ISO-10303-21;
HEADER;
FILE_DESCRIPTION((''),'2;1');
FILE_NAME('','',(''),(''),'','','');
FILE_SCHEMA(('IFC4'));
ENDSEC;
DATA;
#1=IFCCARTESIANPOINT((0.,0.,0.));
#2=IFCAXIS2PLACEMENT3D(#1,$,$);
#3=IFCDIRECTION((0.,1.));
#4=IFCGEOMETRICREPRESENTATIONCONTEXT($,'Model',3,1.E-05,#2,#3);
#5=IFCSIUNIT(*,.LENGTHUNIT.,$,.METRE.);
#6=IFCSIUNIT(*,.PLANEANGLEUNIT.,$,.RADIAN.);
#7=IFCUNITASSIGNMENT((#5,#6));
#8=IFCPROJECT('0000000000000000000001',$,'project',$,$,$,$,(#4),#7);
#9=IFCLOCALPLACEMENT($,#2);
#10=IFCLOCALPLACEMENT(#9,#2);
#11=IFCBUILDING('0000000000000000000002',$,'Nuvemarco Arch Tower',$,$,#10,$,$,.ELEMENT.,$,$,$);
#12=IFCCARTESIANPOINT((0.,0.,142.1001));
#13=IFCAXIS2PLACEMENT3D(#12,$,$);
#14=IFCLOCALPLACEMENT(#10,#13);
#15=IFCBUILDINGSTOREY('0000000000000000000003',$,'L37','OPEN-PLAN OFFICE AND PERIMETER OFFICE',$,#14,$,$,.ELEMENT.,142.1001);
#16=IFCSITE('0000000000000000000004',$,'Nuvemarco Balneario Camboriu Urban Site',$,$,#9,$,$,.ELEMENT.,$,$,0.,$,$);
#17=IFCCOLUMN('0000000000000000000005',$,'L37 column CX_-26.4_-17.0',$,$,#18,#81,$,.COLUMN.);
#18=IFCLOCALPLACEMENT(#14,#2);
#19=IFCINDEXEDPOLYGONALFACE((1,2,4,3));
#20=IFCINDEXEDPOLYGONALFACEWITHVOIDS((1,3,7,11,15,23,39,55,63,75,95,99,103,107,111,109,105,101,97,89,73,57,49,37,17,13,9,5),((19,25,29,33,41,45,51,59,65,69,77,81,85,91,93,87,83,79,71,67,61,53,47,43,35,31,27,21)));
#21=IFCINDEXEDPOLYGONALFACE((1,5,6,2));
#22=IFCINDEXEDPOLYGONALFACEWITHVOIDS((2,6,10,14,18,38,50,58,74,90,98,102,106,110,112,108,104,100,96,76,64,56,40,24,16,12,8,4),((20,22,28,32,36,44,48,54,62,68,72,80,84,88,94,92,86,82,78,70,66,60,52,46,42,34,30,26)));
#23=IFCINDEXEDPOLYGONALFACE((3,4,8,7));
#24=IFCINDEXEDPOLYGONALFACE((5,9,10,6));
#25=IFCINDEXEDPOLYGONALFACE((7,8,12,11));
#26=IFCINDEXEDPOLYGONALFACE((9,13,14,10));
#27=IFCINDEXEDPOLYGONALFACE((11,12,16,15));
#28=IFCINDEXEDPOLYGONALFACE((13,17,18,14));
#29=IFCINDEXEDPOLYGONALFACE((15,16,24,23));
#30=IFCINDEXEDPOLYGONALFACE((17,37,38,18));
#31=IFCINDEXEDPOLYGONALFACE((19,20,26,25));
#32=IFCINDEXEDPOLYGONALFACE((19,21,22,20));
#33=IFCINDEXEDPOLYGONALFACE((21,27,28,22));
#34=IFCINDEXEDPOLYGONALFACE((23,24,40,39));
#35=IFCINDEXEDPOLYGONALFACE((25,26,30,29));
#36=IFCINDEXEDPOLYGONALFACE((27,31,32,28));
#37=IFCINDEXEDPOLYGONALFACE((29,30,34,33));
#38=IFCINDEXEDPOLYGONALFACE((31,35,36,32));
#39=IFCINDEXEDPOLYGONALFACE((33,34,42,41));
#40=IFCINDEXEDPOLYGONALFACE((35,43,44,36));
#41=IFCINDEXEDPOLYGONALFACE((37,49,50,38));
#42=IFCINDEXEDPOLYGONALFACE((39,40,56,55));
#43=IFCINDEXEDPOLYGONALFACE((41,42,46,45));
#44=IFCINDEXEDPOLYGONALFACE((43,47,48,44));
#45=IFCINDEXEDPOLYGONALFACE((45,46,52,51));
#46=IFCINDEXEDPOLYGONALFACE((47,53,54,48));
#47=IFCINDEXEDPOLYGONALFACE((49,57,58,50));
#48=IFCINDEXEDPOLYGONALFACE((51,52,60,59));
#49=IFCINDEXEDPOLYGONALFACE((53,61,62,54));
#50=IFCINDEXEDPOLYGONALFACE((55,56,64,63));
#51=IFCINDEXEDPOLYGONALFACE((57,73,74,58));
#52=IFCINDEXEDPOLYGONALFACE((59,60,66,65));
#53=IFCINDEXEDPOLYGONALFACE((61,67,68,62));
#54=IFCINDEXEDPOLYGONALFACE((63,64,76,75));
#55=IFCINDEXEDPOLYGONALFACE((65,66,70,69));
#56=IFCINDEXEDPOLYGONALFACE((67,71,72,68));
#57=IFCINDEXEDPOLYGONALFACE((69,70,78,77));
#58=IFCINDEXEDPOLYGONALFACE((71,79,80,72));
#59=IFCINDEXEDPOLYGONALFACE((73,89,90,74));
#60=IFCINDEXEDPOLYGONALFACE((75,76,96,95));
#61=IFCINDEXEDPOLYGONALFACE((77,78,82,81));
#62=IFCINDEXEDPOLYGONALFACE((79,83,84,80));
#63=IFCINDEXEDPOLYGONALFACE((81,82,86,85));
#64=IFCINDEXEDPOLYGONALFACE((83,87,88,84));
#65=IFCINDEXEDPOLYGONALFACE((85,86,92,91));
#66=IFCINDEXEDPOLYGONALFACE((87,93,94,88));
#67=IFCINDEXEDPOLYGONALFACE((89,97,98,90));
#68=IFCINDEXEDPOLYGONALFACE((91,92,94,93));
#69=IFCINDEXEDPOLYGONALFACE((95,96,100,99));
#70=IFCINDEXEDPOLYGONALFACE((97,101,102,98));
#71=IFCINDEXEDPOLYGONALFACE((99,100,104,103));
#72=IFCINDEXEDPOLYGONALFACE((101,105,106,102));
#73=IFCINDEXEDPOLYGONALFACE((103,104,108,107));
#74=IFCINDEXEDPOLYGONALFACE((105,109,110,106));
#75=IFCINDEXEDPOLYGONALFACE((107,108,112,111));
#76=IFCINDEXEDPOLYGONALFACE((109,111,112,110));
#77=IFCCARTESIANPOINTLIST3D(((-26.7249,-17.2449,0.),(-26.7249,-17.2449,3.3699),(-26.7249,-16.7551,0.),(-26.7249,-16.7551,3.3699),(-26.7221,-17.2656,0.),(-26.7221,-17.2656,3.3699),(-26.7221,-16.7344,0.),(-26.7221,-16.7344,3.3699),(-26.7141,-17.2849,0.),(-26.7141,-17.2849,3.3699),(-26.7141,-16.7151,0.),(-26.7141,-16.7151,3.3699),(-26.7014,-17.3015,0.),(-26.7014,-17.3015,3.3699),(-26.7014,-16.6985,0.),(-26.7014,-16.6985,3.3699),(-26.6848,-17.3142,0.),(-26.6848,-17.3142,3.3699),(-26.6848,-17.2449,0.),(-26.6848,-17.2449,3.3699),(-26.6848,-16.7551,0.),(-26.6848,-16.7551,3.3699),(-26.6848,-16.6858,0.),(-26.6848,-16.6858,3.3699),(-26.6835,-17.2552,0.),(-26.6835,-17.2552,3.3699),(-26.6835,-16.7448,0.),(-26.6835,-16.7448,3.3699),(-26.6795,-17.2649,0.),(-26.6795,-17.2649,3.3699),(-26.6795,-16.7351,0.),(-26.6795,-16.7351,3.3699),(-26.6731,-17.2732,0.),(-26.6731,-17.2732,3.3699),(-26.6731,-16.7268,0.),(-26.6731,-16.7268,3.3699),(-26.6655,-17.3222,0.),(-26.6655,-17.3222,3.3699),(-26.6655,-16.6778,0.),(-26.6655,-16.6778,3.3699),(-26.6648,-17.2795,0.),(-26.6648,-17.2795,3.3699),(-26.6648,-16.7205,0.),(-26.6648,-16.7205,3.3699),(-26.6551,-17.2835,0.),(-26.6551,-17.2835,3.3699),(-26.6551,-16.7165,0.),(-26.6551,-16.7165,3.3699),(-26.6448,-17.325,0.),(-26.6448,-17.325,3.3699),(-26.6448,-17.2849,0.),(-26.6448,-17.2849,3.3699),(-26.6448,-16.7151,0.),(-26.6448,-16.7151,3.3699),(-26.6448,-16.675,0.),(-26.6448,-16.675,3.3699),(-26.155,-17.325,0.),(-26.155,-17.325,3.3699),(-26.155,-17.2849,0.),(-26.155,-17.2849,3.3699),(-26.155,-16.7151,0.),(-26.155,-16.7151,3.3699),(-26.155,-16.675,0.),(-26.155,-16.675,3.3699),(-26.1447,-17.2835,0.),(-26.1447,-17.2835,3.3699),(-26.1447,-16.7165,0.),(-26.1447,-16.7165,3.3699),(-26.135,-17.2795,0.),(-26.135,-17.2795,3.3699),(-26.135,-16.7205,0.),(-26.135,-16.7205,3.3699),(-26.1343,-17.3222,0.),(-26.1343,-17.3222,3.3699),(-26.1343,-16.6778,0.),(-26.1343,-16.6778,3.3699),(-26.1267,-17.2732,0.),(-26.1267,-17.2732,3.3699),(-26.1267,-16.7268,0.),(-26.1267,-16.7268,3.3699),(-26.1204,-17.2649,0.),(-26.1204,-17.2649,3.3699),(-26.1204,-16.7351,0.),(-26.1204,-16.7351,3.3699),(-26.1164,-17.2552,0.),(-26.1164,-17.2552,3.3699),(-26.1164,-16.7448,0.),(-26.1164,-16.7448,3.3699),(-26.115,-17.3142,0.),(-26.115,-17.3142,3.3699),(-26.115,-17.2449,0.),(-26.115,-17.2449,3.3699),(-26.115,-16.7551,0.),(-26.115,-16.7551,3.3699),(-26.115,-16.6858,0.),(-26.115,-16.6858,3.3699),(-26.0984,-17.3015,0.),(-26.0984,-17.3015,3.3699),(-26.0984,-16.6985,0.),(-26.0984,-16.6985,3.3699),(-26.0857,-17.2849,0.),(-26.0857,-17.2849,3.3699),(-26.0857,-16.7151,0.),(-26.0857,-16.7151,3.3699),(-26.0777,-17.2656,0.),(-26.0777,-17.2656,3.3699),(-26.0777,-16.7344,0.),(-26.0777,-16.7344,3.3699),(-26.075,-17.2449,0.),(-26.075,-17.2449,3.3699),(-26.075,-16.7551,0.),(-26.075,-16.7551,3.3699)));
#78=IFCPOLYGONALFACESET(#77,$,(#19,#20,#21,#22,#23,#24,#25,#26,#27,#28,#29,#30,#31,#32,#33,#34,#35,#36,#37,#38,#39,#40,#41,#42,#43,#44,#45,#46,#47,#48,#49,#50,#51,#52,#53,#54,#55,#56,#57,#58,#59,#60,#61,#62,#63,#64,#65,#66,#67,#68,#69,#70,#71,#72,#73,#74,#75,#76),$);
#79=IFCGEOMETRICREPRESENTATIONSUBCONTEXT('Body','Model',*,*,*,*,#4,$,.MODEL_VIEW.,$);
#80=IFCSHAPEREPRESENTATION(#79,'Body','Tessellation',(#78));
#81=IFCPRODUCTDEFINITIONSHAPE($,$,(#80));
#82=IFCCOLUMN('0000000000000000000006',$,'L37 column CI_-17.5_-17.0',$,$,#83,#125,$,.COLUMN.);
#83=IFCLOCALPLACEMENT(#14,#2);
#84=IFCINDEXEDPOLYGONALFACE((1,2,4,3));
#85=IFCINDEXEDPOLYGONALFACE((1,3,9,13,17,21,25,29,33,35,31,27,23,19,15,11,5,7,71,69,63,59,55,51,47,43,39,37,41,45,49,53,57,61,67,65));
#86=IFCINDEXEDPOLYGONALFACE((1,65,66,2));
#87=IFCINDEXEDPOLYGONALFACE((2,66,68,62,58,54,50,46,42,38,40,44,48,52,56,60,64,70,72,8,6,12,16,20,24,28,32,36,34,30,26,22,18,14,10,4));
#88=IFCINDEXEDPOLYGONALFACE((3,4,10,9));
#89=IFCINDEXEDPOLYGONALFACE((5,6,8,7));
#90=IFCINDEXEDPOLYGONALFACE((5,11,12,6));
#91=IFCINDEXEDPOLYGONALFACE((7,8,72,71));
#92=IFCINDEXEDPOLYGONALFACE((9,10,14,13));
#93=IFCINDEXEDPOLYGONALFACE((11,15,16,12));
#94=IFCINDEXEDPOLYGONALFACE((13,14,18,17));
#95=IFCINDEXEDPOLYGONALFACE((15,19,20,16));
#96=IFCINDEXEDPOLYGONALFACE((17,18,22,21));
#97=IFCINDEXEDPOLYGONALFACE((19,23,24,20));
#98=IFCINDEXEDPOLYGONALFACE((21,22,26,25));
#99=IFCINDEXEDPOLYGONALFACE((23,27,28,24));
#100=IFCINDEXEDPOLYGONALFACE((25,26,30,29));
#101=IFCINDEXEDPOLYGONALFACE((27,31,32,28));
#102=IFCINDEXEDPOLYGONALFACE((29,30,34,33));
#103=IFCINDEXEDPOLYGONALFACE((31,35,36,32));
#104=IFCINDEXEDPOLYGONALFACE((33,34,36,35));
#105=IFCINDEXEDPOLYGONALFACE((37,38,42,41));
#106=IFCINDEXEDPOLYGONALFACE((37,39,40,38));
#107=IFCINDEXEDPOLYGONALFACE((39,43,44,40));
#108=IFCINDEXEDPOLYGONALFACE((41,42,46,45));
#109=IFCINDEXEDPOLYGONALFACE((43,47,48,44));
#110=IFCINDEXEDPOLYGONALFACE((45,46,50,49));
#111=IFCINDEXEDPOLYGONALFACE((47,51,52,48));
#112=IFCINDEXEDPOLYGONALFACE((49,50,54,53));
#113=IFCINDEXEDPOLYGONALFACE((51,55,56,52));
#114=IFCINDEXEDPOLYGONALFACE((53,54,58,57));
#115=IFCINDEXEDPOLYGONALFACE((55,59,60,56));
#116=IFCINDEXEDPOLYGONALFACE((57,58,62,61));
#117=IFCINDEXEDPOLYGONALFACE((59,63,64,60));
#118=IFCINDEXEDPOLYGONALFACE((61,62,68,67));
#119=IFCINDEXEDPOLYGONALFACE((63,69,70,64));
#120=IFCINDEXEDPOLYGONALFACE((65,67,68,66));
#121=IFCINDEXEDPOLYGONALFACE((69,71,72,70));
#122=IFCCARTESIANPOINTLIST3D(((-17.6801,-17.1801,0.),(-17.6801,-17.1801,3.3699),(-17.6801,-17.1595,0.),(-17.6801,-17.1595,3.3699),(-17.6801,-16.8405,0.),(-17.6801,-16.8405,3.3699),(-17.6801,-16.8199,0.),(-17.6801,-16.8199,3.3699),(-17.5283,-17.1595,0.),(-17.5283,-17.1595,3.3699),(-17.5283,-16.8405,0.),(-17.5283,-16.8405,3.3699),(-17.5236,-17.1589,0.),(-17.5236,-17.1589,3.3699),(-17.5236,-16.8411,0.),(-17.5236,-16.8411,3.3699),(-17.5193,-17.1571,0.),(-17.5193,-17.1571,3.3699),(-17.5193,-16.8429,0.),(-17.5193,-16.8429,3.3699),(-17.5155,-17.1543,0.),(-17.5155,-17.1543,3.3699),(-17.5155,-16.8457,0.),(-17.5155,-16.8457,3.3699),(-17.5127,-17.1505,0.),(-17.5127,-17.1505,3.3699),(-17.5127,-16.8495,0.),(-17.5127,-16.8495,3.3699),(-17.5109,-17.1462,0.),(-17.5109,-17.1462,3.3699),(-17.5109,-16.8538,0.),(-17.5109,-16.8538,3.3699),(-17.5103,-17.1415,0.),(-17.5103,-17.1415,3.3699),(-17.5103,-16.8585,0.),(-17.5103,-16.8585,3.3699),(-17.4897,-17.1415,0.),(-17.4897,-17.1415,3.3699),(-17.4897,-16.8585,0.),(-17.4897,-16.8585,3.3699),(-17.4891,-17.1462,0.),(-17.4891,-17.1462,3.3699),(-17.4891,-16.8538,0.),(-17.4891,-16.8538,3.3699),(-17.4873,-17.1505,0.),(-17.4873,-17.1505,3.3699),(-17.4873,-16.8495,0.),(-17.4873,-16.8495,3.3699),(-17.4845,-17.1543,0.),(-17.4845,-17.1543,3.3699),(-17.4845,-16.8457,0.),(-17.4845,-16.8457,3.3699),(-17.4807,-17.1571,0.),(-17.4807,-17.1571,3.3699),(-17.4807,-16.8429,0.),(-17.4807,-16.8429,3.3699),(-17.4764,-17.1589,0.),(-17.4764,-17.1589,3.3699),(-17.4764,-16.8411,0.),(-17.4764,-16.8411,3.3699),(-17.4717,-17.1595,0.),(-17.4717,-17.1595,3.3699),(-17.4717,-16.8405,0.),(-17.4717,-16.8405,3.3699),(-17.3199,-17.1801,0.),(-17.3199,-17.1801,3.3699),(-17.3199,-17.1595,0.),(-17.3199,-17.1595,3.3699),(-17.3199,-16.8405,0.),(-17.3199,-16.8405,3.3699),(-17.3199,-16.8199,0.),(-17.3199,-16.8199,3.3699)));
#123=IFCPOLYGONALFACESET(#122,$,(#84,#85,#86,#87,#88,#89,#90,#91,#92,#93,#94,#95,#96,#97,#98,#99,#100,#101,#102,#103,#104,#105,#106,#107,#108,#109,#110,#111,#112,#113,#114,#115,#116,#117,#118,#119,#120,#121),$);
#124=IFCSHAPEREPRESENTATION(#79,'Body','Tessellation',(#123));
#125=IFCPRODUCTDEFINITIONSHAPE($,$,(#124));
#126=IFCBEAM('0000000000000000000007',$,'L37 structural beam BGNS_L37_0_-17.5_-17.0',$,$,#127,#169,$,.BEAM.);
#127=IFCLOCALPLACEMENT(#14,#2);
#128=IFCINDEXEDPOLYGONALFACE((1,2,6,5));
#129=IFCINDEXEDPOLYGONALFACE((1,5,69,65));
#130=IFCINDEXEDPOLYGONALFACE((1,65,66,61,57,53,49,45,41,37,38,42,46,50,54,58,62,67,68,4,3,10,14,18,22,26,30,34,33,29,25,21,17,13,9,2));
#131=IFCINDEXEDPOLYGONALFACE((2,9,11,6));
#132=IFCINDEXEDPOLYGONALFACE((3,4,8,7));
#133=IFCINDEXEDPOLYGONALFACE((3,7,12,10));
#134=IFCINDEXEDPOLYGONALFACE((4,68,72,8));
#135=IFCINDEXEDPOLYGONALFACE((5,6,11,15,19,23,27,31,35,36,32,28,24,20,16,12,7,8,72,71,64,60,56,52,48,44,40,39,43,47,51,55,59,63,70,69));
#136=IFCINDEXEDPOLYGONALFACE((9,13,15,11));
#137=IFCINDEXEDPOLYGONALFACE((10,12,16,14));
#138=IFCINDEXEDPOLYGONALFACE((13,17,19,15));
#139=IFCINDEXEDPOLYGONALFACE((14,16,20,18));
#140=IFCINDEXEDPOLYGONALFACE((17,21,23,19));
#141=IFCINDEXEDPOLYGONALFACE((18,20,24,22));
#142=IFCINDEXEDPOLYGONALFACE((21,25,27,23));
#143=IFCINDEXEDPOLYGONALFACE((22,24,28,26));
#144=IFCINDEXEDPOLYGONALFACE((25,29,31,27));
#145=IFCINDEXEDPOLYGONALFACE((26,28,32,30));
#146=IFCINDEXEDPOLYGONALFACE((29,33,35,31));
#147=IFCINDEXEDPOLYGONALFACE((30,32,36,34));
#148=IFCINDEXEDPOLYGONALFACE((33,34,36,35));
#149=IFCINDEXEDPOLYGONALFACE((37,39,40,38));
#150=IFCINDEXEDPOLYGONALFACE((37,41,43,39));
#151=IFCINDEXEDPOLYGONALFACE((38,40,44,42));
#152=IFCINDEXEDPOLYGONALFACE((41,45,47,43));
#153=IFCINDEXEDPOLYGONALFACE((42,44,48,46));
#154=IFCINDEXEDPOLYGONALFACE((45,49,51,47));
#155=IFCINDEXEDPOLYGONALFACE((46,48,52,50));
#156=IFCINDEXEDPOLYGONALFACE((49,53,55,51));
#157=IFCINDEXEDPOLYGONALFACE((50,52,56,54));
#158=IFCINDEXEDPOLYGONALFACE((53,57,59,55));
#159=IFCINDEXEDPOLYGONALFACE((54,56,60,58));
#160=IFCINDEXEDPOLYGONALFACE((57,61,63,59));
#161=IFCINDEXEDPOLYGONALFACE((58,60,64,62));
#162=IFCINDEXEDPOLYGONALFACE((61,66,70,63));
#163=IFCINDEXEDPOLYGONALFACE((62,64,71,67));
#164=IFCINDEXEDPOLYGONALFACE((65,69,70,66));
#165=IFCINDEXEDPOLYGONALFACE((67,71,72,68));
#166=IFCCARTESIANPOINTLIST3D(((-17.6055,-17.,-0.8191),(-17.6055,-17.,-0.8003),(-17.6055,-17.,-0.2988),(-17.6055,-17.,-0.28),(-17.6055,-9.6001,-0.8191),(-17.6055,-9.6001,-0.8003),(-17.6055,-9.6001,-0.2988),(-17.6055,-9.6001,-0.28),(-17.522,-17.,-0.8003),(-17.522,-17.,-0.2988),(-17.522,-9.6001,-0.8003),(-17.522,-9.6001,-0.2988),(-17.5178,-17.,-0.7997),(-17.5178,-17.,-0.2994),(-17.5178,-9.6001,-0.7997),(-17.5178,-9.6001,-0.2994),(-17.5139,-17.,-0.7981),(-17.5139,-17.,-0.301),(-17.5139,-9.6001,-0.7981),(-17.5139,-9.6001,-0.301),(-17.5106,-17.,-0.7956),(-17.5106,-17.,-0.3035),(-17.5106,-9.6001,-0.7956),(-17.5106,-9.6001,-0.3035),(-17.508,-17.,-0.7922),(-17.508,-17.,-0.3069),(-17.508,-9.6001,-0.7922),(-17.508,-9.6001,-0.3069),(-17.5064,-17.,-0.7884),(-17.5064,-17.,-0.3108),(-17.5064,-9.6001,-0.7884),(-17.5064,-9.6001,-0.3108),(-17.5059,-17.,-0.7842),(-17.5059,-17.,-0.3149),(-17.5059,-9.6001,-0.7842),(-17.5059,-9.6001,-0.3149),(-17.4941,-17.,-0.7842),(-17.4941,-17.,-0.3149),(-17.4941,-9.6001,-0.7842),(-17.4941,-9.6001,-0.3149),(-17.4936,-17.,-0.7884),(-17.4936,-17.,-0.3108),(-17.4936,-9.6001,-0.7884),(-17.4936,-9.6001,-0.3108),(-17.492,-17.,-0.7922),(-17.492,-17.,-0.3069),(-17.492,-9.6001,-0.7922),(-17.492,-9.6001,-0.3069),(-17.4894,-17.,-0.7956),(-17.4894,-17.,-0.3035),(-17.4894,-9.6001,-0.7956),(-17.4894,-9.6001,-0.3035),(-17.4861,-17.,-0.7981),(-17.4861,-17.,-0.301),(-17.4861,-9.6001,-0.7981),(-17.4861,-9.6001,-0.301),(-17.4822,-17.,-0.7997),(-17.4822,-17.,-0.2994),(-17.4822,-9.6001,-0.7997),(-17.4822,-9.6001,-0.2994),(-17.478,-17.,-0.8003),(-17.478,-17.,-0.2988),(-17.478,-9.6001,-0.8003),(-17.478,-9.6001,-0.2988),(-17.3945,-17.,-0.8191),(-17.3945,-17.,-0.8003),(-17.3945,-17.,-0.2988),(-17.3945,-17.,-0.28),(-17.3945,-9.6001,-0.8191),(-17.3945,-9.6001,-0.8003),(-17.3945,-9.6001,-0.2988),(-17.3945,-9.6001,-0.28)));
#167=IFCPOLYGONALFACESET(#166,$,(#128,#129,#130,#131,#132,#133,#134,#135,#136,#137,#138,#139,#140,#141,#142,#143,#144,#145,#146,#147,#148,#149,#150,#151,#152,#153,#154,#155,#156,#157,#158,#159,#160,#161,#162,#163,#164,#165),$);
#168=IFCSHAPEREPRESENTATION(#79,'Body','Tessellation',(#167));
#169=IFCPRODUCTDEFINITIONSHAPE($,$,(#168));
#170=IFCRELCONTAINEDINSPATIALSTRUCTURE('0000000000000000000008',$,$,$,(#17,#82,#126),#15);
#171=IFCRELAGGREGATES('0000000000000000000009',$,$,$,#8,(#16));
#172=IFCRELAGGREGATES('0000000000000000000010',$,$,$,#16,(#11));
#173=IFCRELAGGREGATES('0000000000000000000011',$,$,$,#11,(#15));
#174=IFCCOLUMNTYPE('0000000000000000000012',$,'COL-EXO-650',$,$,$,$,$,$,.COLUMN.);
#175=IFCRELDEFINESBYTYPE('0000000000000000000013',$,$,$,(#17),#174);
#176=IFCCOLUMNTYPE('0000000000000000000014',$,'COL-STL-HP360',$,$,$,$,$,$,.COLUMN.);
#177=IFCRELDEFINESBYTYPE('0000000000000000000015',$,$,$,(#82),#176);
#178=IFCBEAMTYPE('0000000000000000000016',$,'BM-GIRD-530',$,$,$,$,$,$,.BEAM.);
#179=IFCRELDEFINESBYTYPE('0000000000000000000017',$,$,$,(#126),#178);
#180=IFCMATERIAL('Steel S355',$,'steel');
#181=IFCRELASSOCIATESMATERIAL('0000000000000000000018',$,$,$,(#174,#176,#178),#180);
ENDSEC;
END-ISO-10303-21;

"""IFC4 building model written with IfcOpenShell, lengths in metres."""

from ifc_helpers import new_model, si_unit, direction, frame, origin, origin_2d, place, context, subcontext, project, spatial, hollow_rectangle, i_section, extrude, material, material_profile, profile_set, type_object, element, save


model = new_model("IFC4")

# Units and contexts
model_context = context("Model", 3, precision=1e-05, world=origin(), true_north=direction((0.0, 1.0)))
body_context = subcontext(model_context, "Body", "Model", "MODEL_VIEW")
ifc_project = project(units=[si_unit("LENGTHUNIT", "METRE"), si_unit("PLANEANGLEUNIT", "RADIAN")], contexts=[model_context])

# Site, building, storey
site_placement = place(None, origin())
site = spatial("IfcSite", under=ifc_project, at=site_placement, Name="Nuvemarco Balneario Camboriu Urban Site", CompositionType="ELEMENT", RefElevation=0.0)
building_placement = place(site_placement, origin())
building = spatial("IfcBuilding", under=site, at=building_placement, Name="Nuvemarco Arch Tower", CompositionType="ELEMENT")
storey_placement = place(building_placement, frame((0.0, 0.0, 142.1001)))
storey = spatial("IfcBuildingStorey", under=building, at=storey_placement, Name="L37", Description="OPEN-PLAN OFFICE AND PERIMETER OFFICE", CompositionType="ELEMENT", Elevation=142.1001)

# Columns
ifc_material_1 = material(Name="Steel S355", Category="steel")
ifc_material_profile_1 = material_profile(ifc_material_1, hollow_rectangle(XDim=0.6499, YDim=0.6499, WallThickness=0.04, InnerFilletRadius=0.04, OuterFilletRadius=0.0801, at=origin_2d()), Name="SHS650x650x40")
ifc_profile_set_1 = profile_set([ifc_material_profile_1], Name="Steel S355")
column_type_1 = type_object("IfcColumnType", Name="COL-EXO-650", PredefinedType="COLUMN", material=ifc_profile_set_1)
column_1_placement = place(storey_placement, frame((-26.3999, -17.0, 0.0), z_axis=(0.0, 0.0, 1.0), x_axis=(1.0, 0.0, 0.0)))
element("IfcColumn", 1, at=column_1_placement, inside=storey, type_object=column_type_1, Name="L37 column CX_-26.4_-17.0", PredefinedType="COLUMN", context=body_context, shape_type="SweptSolid", body=[
    extrude(hollow_rectangle(XDim=0.6499, YDim=0.6499, WallThickness=0.04, InnerFilletRadius=0.04, OuterFilletRadius=0.0801, at=origin_2d()), origin(), (0.0, 0.0, 1.0), 3.3699),
])
ifc_material_profile_2 = material_profile(ifc_material_1, i_section(OverallWidth=0.3601, OverallDepth=0.3601, WebThickness=0.0205, FlangeThickness=0.0205, FilletRadius=0.0181, at=origin_2d()), Name="HP360x174")
ifc_profile_set_2 = profile_set([ifc_material_profile_2], Name="Steel S355")
column_type_2 = type_object("IfcColumnType", Name="COL-STL-HP360", PredefinedType="COLUMN", material=ifc_profile_set_2)
column_2_placement = place(storey_placement, frame((-17.5, -17.0, 0.0), z_axis=(0.0, 0.0, 1.0), x_axis=(1.0, 0.0, 0.0)))
element("IfcColumn", 2, at=column_2_placement, inside=storey, type_object=column_type_2, Name="L37 column CI_-17.5_-17.0", PredefinedType="COLUMN", context=body_context, shape_type="SweptSolid", body=[
    extrude(i_section(OverallWidth=0.3601, OverallDepth=0.3601, WebThickness=0.0205, FlangeThickness=0.0205, FilletRadius=0.0181, at=origin_2d()), origin(), (0.0, 0.0, 1.0), 3.3699),
])

# Beam
ifc_material_profile_3 = material_profile(ifc_material_1, i_section(OverallWidth=0.2109, OverallDepth=0.5391, WebThickness=0.0117, FlangeThickness=0.0188, FilletRadius=0.0161, at=origin_2d()), Name="W530x109")
ifc_profile_set_3 = profile_set([ifc_material_profile_3], Name="Steel S355")
beam_type_1 = type_object("IfcBeamType", Name="BM-GIRD-530", PredefinedType="BEAM", material=ifc_profile_set_3)
beam_1_placement = place(storey_placement, frame((-17.5, -17.0, -0.5496), z_axis=(0.0, 1.0, 0.0), x_axis=(-1.0, 0.0, 0.0)))
element("IfcBeam", 3, at=beam_1_placement, inside=storey, type_object=beam_type_1, Name="L37 structural beam BGNS_L37_0_-17.5_-17.0", PredefinedType="BEAM", context=body_context, shape_type="SweptSolid", body=[
    extrude(i_section(OverallWidth=0.2109, OverallDepth=0.5391, WebThickness=0.0117, FlangeThickness=0.0188, FilletRadius=0.0161, at=origin_2d()), origin(), (0.0, 0.0, 1.0), 7.3999),
])

save(model, "model.ifc")
